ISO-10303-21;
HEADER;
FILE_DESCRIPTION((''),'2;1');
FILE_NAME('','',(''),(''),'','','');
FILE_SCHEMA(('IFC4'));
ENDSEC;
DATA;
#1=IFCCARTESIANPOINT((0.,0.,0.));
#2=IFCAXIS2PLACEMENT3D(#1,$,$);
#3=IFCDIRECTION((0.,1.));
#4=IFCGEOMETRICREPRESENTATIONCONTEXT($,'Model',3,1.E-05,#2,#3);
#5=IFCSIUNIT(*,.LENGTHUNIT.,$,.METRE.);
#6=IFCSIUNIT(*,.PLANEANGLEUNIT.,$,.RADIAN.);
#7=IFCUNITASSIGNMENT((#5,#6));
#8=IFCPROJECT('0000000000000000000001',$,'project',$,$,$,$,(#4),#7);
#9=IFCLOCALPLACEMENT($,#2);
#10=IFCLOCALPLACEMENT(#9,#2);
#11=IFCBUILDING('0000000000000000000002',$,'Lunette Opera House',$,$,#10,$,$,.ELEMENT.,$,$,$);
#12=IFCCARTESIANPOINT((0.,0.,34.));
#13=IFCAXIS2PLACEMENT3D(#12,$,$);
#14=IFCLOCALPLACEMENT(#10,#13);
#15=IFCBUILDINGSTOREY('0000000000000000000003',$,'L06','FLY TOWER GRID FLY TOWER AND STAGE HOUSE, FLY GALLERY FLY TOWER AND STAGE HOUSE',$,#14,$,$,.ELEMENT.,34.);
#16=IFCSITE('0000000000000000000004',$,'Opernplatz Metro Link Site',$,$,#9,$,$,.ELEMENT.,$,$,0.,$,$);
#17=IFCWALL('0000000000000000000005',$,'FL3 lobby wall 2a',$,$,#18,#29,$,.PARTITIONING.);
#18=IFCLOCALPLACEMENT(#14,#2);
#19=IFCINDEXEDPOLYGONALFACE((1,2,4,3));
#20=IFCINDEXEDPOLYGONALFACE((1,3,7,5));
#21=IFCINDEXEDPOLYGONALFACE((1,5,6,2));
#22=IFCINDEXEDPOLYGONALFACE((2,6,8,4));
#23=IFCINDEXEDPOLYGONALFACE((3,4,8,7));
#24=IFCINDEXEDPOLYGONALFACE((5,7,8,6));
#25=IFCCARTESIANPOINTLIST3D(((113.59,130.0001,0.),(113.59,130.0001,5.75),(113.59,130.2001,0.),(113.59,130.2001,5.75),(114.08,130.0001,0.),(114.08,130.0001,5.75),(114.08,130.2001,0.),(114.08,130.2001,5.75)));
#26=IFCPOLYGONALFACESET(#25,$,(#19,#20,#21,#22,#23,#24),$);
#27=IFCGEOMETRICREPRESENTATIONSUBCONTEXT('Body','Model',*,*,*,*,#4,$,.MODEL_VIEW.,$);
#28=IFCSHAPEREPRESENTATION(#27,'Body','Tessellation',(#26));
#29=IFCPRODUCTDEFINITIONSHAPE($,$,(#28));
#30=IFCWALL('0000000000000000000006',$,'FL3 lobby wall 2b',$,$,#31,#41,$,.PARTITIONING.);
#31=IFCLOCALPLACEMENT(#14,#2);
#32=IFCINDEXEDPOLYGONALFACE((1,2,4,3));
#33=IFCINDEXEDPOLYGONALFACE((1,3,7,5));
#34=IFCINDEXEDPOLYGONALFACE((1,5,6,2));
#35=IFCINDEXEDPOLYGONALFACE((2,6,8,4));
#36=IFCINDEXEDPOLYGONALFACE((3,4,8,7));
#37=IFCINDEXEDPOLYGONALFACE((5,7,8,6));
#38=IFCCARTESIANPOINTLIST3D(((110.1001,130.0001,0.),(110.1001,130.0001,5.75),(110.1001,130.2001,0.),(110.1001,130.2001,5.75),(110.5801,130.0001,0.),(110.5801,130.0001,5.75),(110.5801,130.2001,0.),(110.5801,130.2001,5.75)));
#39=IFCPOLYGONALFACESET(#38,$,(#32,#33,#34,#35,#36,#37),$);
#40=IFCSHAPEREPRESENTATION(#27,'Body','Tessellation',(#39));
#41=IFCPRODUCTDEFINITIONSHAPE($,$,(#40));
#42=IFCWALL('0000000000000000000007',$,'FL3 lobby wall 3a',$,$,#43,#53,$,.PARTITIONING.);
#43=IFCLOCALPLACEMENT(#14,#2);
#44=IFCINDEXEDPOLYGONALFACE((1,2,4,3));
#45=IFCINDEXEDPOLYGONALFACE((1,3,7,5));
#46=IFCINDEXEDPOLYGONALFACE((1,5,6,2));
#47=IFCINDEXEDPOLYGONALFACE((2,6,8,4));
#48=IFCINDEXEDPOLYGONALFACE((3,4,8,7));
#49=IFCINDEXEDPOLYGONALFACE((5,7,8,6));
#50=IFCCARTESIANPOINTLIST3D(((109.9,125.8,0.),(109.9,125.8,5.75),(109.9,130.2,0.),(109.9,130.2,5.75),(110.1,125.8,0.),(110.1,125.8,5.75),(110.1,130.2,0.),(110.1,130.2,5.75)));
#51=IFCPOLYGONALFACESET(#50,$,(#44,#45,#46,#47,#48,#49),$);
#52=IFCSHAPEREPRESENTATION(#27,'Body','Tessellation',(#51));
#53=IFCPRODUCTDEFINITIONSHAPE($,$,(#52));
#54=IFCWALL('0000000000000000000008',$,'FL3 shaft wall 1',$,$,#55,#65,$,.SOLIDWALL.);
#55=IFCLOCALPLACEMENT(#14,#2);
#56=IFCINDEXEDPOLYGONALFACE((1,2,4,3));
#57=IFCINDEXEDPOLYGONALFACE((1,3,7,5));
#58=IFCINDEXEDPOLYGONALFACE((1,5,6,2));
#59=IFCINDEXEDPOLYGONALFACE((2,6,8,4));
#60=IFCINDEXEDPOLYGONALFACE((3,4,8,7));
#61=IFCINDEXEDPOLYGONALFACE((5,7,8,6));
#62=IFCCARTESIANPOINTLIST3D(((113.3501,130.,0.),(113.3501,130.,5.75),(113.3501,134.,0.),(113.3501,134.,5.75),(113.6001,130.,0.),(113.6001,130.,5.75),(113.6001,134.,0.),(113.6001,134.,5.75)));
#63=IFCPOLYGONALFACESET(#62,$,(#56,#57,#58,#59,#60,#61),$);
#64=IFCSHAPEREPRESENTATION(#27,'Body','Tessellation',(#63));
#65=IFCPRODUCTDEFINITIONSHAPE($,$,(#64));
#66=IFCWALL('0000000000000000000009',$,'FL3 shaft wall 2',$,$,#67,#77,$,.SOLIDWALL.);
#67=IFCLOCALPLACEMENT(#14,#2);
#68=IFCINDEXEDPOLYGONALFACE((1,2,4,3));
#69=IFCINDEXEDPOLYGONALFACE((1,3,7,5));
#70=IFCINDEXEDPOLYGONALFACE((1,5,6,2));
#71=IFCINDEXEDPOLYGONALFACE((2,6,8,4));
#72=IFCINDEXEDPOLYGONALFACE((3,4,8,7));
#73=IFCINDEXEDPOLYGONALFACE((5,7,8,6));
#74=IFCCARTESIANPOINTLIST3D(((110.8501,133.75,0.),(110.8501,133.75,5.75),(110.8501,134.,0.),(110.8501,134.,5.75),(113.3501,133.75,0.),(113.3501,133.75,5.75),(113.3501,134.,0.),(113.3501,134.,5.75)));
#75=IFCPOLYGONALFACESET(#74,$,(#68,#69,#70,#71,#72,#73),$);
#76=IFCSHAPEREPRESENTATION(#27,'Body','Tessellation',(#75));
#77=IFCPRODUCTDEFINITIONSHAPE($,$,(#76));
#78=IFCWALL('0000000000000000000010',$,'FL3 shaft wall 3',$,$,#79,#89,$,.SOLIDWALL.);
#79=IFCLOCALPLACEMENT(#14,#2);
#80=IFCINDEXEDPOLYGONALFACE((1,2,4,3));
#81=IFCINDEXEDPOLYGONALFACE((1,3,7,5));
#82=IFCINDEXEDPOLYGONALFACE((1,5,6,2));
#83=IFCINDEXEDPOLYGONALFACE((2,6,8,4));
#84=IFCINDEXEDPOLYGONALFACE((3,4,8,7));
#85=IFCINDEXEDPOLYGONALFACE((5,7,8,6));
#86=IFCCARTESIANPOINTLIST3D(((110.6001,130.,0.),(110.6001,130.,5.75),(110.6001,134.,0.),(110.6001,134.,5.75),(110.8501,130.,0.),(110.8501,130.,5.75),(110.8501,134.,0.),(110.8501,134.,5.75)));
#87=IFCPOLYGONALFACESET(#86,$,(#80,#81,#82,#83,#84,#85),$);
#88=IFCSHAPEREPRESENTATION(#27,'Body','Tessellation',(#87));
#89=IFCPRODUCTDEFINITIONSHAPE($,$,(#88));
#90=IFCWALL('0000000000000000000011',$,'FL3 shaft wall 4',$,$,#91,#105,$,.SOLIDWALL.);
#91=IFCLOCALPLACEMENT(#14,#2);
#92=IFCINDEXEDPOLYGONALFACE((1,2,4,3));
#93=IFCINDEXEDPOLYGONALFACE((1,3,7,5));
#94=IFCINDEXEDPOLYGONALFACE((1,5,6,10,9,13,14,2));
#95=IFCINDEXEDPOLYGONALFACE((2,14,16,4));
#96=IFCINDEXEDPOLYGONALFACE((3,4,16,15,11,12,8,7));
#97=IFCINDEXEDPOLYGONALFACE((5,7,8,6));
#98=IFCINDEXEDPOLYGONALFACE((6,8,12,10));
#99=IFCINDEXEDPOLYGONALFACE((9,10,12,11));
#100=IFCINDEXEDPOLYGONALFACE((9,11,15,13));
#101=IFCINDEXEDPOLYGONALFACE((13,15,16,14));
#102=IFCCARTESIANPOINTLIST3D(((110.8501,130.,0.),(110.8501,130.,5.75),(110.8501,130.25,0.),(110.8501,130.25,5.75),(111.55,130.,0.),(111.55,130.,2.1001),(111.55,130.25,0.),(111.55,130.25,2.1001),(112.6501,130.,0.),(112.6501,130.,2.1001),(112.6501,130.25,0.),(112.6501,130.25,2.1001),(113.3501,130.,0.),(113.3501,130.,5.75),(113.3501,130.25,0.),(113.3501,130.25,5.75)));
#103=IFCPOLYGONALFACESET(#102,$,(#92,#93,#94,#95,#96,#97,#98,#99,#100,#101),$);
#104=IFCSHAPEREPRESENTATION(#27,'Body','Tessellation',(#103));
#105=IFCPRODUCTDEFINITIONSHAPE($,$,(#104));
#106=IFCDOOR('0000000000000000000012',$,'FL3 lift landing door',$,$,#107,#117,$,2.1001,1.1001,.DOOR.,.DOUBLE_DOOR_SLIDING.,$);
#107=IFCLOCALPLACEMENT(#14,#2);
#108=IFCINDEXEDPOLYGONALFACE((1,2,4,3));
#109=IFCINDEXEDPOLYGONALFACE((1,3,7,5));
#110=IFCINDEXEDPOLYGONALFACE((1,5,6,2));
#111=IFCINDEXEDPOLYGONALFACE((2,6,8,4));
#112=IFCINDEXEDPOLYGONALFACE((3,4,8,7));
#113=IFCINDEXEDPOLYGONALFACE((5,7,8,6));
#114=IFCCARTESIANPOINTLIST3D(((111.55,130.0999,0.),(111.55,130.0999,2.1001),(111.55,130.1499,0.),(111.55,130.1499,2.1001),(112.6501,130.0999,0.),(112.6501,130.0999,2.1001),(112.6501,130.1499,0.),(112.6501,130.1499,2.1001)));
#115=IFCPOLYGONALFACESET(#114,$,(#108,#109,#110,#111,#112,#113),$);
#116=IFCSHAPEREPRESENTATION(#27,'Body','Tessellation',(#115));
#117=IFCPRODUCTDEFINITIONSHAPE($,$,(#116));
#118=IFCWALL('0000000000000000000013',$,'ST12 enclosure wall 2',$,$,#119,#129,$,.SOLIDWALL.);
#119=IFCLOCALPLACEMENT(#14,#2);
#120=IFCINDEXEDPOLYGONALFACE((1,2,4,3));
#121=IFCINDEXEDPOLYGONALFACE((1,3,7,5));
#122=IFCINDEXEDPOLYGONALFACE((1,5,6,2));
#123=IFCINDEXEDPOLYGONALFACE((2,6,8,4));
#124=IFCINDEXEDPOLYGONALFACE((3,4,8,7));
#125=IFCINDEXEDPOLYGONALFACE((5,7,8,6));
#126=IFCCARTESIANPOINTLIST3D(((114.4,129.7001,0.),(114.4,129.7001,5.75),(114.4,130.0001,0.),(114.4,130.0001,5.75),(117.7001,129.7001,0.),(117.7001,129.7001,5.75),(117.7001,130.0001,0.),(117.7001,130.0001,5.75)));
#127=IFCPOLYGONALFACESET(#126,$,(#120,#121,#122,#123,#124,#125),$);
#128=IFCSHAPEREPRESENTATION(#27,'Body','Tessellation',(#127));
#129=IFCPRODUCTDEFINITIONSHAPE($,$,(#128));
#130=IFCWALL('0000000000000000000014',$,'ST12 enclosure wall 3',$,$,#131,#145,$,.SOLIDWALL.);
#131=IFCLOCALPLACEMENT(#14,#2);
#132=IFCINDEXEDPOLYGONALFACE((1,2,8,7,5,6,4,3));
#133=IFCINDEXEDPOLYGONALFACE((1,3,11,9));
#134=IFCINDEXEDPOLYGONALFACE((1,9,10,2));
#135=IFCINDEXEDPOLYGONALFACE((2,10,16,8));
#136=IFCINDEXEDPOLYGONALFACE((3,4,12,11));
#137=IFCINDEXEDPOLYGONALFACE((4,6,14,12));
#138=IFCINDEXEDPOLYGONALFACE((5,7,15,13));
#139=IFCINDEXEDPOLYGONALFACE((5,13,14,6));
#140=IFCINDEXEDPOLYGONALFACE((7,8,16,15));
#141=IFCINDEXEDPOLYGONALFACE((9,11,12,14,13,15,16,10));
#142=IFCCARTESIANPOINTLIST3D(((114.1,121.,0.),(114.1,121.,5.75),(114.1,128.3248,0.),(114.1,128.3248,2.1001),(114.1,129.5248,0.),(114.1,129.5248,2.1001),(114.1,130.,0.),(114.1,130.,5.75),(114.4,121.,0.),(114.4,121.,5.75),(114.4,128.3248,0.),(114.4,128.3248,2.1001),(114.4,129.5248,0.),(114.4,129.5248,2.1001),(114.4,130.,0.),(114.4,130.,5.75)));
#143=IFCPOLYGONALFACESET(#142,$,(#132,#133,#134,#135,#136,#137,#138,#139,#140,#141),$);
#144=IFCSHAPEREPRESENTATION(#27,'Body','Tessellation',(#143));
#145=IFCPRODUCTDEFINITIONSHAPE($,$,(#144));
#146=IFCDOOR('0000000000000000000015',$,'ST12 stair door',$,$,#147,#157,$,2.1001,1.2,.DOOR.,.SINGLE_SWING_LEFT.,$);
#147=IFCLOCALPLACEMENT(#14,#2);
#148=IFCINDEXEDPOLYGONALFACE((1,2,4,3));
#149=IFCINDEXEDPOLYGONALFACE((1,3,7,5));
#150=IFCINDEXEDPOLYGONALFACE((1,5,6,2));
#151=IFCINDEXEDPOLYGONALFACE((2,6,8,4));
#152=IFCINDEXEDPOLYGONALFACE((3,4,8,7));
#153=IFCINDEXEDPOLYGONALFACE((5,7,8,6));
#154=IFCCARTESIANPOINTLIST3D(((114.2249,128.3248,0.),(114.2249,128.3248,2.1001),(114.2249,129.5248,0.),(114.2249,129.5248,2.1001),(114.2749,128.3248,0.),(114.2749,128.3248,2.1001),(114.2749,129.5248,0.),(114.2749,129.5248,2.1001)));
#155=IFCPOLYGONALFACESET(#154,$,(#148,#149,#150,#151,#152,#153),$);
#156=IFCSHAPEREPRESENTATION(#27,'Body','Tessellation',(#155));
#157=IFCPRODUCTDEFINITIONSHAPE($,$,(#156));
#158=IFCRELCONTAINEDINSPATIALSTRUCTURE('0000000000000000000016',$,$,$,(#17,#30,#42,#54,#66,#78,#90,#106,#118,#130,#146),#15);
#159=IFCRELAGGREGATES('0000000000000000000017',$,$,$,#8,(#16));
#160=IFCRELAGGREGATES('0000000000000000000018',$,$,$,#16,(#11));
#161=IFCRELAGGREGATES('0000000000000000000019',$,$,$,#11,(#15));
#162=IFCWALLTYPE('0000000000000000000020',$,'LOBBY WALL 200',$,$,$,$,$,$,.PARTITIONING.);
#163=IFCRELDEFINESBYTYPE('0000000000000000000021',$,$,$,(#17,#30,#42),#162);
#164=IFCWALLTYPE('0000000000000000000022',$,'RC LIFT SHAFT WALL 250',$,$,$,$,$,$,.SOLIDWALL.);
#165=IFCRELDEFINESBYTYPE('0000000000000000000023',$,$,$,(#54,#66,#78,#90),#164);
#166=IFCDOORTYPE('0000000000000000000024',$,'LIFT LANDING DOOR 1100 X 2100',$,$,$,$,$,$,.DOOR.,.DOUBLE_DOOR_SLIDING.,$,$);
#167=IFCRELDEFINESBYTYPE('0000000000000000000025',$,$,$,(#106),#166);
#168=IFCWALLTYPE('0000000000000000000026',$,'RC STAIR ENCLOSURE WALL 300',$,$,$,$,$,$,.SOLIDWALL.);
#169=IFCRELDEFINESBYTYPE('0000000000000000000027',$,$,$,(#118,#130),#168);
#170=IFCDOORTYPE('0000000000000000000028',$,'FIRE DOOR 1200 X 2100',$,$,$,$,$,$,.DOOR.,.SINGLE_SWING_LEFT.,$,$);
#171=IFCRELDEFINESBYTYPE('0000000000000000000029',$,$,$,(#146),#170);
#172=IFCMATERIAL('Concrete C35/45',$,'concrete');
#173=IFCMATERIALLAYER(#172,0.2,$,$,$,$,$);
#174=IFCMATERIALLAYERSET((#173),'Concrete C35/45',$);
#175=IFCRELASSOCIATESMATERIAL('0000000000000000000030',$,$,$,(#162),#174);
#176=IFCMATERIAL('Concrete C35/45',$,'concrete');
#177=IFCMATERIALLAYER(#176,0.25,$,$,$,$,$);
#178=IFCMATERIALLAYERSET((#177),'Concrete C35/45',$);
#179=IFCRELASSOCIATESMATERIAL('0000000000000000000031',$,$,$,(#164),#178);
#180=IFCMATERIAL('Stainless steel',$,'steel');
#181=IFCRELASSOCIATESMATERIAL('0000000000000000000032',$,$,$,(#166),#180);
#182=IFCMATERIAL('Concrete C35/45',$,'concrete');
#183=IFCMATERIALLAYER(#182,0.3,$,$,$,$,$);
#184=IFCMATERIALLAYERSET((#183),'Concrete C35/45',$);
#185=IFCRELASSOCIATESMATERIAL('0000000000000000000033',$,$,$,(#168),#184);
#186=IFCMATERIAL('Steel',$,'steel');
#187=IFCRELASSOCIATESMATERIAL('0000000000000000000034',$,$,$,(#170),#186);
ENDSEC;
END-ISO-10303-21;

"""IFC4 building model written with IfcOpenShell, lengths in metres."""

from ifc_helpers import new_model, si_unit, direction, frame, frame_2d, origin, place, context, subcontext, project, spatial, rectangle, extrude, material, layer, layer_set, type_object, element, fill, save


model = new_model("IFC4")

# Units and contexts
model_context = context("Model", 3, precision=1e-05, world=origin(), true_north=direction((0.0, 1.0)))
body_context = subcontext(model_context, "Body", "Model", "MODEL_VIEW")
ifc_project = project(units=[si_unit("LENGTHUNIT", "METRE"), si_unit("PLANEANGLEUNIT", "RADIAN")], contexts=[model_context])

# Site, building, storey
site_placement = place(None, origin())
site = spatial("IfcSite", under=ifc_project, at=site_placement, Name="Opernplatz Metro Link Site", CompositionType="ELEMENT", RefElevation=0.0)
building_placement = place(site_placement, origin())
building = spatial("IfcBuilding", under=site, at=building_placement, Name="Lunette Opera House", CompositionType="ELEMENT")
storey_placement = place(building_placement, frame((0.0, 0.0, 34.0)))
storey = spatial("IfcBuildingStorey", under=building, at=storey_placement, Name="L06", Description="FLY TOWER GRID FLY TOWER AND STAGE HOUSE, FLY GALLERY FLY TOWER AND STAGE HOUSE", CompositionType="ELEMENT", Elevation=34.0)

# Walls
ifc_material_1 = material(Name="Concrete C35/45", Category="concrete")
ifc_layer_1 = layer(ifc_material_1, 0.2)
ifc_layer_set_1 = layer_set([ifc_layer_1], Name="Concrete C35/45")
wall_type_1 = type_object("IfcWallType", Name="LOBBY WALL 200", PredefinedType="PARTITIONING", material=ifc_layer_set_1)
wall_1_placement = place(storey_placement, frame((114.0801, 130.1001, 0.0), z_axis=(0.0, 0.0, 1.0), x_axis=(-1.0, 0.0, 0.0)))
element("IfcWall", 1, at=wall_1_placement, inside=storey, type_object=wall_type_1, Name="FL3 lobby wall 2a", PredefinedType="PARTITIONING", context=body_context, shape_type="SweptSolid", body=[
    extrude(rectangle(XDim=0.49, YDim=0.2, at=frame_2d((0.2451, 0.0))), origin(), (0.0, 0.0, 1.0), 5.75),
])
wall_2_placement = place(storey_placement, frame((110.5801, 130.1001, 0.0), z_axis=(0.0, 0.0, 1.0), x_axis=(-1.0, 0.0, 0.0)))
element("IfcWall", 2, at=wall_2_placement, inside=storey, type_object=wall_type_1, Name="FL3 lobby wall 2b", PredefinedType="PARTITIONING", context=body_context, shape_type="SweptSolid", body=[
    extrude(rectangle(XDim=0.48, YDim=0.2, at=frame_2d((0.24, 0.0))), origin(), (0.0, 0.0, 1.0), 5.75),
])
wall_3_placement = place(storey_placement, frame((110.0, 130.2, 0.0), z_axis=(0.0, 0.0, 1.0), x_axis=(0.0, -1.0, 0.0)))
element("IfcWall", 3, at=wall_3_placement, inside=storey, type_object=wall_type_1, Name="FL3 lobby wall 3a", PredefinedType="PARTITIONING", context=body_context, shape_type="SweptSolid", body=[
    extrude(rectangle(XDim=4.3999, YDim=0.2, at=frame_2d((2.2, 0.0))), origin(), (0.0, 0.0, 1.0), 5.75),
])
ifc_material_2 = material(Name="Concrete C35/45", Category="concrete")
ifc_layer_2 = layer(ifc_material_2, 0.25)
ifc_layer_set_2 = layer_set([ifc_layer_2], Name="Concrete C35/45")
wall_type_2 = type_object("IfcWallType", Name="RC LIFT SHAFT WALL 250", PredefinedType="SOLIDWALL", material=ifc_layer_set_2)
wall_4_placement = place(storey_placement, frame((113.4751, 130.0, 0.0), z_axis=(0.0, 0.0, 1.0), x_axis=(0.0, 1.0, 0.0)))
element("IfcWall", 4, at=wall_4_placement, inside=storey, type_object=wall_type_2, Name="FL3 shaft wall 1", PredefinedType="SOLIDWALL", context=body_context, shape_type="SweptSolid", body=[
    extrude(rectangle(XDim=4.0, YDim=0.25, at=frame_2d((2.0, 0.0))), origin(), (0.0, 0.0, 1.0), 5.75),
])
wall_5_placement = place(storey_placement, frame((113.3501, 133.875, 0.0), z_axis=(0.0, 0.0, 1.0), x_axis=(-1.0, 0.0, 0.0)))
element("IfcWall", 5, at=wall_5_placement, inside=storey, type_object=wall_type_2, Name="FL3 shaft wall 2", PredefinedType="SOLIDWALL", context=body_context, shape_type="SweptSolid", body=[
    extrude(rectangle(XDim=2.5, YDim=0.25, at=frame_2d((1.25, 0.0))), origin(), (0.0, 0.0, 1.0), 5.75),
])
wall_6_placement = place(storey_placement, frame((110.7251, 134.0, 0.0), z_axis=(0.0, 0.0, 1.0), x_axis=(0.0, -1.0, 0.0)))
element("IfcWall", 6, at=wall_6_placement, inside=storey, type_object=wall_type_2, Name="FL3 shaft wall 3", PredefinedType="SOLIDWALL", context=body_context, shape_type="SweptSolid", body=[
    extrude(rectangle(XDim=4.0, YDim=0.25, at=frame_2d((2.0, 0.0))), origin(), (0.0, 0.0, 1.0), 5.75),
])

# Wall, opening, door
wall_7_placement = place(storey_placement, frame((110.8501, 130.125, 0.0), z_axis=(0.0, 0.0, 1.0), x_axis=(1.0, 0.0, 0.0)))
wall_7 = element("IfcWall", 7, at=wall_7_placement, inside=storey, type_object=wall_type_2, Name="FL3 shaft wall 4", PredefinedType="SOLIDWALL", context=body_context, shape_type="SweptSolid", body=[
    extrude(rectangle(XDim=2.5, YDim=0.25, at=frame_2d((1.25, 0.0))), origin(), (0.0, 0.0, 1.0), 5.75),
])
opening_1_placement = place(wall_7_placement, frame((0.7, 0.0, 0.0)))
opening_1 = element("IfcOpeningElement", 8, at=opening_1_placement, cuts=wall_7, PredefinedType="OPENING", context=body_context, shape_type="SweptSolid", body=[
    extrude(rectangle(XDim=1.1001, YDim=2.1001, at=frame_2d((0.55, 1.05))), frame((0.0, 0.137, 0.0), z_axis=(0.0, -1.0, 0.0), x_axis=(1.0, 0.0, 0.0)), (0.0, 0.0, 1.0), 0.2739),
])
ifc_material_3 = material(Name="Stainless steel", Category="steel")
door_type_1 = type_object("IfcDoorType", Name="LIFT LANDING DOOR 1100 X 2100", OperationType="DOUBLE_DOOR_SLIDING", PredefinedType="DOOR", material=ifc_material_3)
door_1_placement = place(opening_1_placement, origin())
door_1 = element("IfcDoor", 9, at=door_1_placement, inside=storey, type_object=door_type_1, Name="FL3 lift landing door", OperationType="DOUBLE_DOOR_SLIDING", OverallHeight=2.1001, OverallWidth=1.1001, PredefinedType="DOOR", context=body_context, shape_type="SweptSolid", body=[
    extrude(rectangle(XDim=1.1001, YDim=2.1001, at=frame_2d((0.55, 1.05))), frame((0.0, 0.0249, 0.0), z_axis=(0.0, -1.0, 0.0), x_axis=(1.0, 0.0, 0.0)), (0.0, 0.0, 1.0), 0.05),
])
fill(opening_1, door_1)

# Wall
ifc_material_4 = material(Name="Concrete C35/45", Category="concrete")
ifc_layer_3 = layer(ifc_material_4, 0.3)
ifc_layer_set_3 = layer_set([ifc_layer_3], Name="Concrete C35/45")
wall_type_3 = type_object("IfcWallType", Name="RC STAIR ENCLOSURE WALL 300", PredefinedType="SOLIDWALL", material=ifc_layer_set_3)
wall_8_placement = place(storey_placement, frame((117.7, 129.8501, 0.0), z_axis=(0.0, 0.0, 1.0), x_axis=(-1.0, 0.0, 0.0)))
element("IfcWall", 10, at=wall_8_placement, inside=storey, type_object=wall_type_3, Name="ST12 enclosure wall 2", PredefinedType="SOLIDWALL", context=body_context, shape_type="SweptSolid", body=[
    extrude(rectangle(XDim=3.3, YDim=0.3, at=frame_2d((1.6499, 0.0))), origin(), (0.0, 0.0, 1.0), 5.75),
])

# Wall, opening, door
wall_9_placement = place(storey_placement, frame((114.25, 130.0, 0.0), z_axis=(0.0, 0.0, 1.0), x_axis=(0.0, -1.0, 0.0)))
wall_9 = element("IfcWall", 11, at=wall_9_placement, inside=storey, type_object=wall_type_3, Name="ST12 enclosure wall 3", PredefinedType="SOLIDWALL", context=body_context, shape_type="SweptSolid", body=[
    extrude(rectangle(XDim=9.0, YDim=0.3, at=frame_2d((4.5, 0.0))), origin(), (0.0, 0.0, 1.0), 5.75),
])
opening_2_placement = place(wall_9_placement, frame((0.4751, 0.0, 0.0)))
opening_2 = element("IfcOpeningElement", 12, at=opening_2_placement, cuts=wall_9, PredefinedType="OPENING", context=body_context, shape_type="SweptSolid", body=[
    extrude(rectangle(XDim=1.2, YDim=2.1001, at=frame_2d((0.6001, 1.05))), frame((0.0, 0.1621, 0.0), z_axis=(0.0, -1.0, 0.0), x_axis=(1.0, 0.0, 0.0)), (0.0, 0.0, 1.0), 0.324),
])
ifc_material_5 = material(Name="Steel", Category="steel")
door_type_2 = type_object("IfcDoorType", Name="FIRE DOOR 1200 X 2100", OperationType="SINGLE_SWING_LEFT", PredefinedType="DOOR", material=ifc_material_5)
door_2_placement = place(opening_2_placement, origin())
door_2 = element("IfcDoor", 13, at=door_2_placement, inside=storey, type_object=door_type_2, Name="ST12 stair door", OperationType="SINGLE_SWING_LEFT", OverallHeight=2.1001, OverallWidth=1.2, PredefinedType="DOOR", context=body_context, shape_type="SweptSolid", body=[
    extrude(rectangle(XDim=1.2, YDim=2.1001, at=frame_2d((0.6001, 1.05))), frame((0.0, 0.0249, 0.0), z_axis=(0.0, -1.0, 0.0), x_axis=(1.0, 0.0, 0.0)), (0.0, 0.0, 1.0), 0.05),
])
fill(opening_2, door_2)

save(model, "model.ifc")
